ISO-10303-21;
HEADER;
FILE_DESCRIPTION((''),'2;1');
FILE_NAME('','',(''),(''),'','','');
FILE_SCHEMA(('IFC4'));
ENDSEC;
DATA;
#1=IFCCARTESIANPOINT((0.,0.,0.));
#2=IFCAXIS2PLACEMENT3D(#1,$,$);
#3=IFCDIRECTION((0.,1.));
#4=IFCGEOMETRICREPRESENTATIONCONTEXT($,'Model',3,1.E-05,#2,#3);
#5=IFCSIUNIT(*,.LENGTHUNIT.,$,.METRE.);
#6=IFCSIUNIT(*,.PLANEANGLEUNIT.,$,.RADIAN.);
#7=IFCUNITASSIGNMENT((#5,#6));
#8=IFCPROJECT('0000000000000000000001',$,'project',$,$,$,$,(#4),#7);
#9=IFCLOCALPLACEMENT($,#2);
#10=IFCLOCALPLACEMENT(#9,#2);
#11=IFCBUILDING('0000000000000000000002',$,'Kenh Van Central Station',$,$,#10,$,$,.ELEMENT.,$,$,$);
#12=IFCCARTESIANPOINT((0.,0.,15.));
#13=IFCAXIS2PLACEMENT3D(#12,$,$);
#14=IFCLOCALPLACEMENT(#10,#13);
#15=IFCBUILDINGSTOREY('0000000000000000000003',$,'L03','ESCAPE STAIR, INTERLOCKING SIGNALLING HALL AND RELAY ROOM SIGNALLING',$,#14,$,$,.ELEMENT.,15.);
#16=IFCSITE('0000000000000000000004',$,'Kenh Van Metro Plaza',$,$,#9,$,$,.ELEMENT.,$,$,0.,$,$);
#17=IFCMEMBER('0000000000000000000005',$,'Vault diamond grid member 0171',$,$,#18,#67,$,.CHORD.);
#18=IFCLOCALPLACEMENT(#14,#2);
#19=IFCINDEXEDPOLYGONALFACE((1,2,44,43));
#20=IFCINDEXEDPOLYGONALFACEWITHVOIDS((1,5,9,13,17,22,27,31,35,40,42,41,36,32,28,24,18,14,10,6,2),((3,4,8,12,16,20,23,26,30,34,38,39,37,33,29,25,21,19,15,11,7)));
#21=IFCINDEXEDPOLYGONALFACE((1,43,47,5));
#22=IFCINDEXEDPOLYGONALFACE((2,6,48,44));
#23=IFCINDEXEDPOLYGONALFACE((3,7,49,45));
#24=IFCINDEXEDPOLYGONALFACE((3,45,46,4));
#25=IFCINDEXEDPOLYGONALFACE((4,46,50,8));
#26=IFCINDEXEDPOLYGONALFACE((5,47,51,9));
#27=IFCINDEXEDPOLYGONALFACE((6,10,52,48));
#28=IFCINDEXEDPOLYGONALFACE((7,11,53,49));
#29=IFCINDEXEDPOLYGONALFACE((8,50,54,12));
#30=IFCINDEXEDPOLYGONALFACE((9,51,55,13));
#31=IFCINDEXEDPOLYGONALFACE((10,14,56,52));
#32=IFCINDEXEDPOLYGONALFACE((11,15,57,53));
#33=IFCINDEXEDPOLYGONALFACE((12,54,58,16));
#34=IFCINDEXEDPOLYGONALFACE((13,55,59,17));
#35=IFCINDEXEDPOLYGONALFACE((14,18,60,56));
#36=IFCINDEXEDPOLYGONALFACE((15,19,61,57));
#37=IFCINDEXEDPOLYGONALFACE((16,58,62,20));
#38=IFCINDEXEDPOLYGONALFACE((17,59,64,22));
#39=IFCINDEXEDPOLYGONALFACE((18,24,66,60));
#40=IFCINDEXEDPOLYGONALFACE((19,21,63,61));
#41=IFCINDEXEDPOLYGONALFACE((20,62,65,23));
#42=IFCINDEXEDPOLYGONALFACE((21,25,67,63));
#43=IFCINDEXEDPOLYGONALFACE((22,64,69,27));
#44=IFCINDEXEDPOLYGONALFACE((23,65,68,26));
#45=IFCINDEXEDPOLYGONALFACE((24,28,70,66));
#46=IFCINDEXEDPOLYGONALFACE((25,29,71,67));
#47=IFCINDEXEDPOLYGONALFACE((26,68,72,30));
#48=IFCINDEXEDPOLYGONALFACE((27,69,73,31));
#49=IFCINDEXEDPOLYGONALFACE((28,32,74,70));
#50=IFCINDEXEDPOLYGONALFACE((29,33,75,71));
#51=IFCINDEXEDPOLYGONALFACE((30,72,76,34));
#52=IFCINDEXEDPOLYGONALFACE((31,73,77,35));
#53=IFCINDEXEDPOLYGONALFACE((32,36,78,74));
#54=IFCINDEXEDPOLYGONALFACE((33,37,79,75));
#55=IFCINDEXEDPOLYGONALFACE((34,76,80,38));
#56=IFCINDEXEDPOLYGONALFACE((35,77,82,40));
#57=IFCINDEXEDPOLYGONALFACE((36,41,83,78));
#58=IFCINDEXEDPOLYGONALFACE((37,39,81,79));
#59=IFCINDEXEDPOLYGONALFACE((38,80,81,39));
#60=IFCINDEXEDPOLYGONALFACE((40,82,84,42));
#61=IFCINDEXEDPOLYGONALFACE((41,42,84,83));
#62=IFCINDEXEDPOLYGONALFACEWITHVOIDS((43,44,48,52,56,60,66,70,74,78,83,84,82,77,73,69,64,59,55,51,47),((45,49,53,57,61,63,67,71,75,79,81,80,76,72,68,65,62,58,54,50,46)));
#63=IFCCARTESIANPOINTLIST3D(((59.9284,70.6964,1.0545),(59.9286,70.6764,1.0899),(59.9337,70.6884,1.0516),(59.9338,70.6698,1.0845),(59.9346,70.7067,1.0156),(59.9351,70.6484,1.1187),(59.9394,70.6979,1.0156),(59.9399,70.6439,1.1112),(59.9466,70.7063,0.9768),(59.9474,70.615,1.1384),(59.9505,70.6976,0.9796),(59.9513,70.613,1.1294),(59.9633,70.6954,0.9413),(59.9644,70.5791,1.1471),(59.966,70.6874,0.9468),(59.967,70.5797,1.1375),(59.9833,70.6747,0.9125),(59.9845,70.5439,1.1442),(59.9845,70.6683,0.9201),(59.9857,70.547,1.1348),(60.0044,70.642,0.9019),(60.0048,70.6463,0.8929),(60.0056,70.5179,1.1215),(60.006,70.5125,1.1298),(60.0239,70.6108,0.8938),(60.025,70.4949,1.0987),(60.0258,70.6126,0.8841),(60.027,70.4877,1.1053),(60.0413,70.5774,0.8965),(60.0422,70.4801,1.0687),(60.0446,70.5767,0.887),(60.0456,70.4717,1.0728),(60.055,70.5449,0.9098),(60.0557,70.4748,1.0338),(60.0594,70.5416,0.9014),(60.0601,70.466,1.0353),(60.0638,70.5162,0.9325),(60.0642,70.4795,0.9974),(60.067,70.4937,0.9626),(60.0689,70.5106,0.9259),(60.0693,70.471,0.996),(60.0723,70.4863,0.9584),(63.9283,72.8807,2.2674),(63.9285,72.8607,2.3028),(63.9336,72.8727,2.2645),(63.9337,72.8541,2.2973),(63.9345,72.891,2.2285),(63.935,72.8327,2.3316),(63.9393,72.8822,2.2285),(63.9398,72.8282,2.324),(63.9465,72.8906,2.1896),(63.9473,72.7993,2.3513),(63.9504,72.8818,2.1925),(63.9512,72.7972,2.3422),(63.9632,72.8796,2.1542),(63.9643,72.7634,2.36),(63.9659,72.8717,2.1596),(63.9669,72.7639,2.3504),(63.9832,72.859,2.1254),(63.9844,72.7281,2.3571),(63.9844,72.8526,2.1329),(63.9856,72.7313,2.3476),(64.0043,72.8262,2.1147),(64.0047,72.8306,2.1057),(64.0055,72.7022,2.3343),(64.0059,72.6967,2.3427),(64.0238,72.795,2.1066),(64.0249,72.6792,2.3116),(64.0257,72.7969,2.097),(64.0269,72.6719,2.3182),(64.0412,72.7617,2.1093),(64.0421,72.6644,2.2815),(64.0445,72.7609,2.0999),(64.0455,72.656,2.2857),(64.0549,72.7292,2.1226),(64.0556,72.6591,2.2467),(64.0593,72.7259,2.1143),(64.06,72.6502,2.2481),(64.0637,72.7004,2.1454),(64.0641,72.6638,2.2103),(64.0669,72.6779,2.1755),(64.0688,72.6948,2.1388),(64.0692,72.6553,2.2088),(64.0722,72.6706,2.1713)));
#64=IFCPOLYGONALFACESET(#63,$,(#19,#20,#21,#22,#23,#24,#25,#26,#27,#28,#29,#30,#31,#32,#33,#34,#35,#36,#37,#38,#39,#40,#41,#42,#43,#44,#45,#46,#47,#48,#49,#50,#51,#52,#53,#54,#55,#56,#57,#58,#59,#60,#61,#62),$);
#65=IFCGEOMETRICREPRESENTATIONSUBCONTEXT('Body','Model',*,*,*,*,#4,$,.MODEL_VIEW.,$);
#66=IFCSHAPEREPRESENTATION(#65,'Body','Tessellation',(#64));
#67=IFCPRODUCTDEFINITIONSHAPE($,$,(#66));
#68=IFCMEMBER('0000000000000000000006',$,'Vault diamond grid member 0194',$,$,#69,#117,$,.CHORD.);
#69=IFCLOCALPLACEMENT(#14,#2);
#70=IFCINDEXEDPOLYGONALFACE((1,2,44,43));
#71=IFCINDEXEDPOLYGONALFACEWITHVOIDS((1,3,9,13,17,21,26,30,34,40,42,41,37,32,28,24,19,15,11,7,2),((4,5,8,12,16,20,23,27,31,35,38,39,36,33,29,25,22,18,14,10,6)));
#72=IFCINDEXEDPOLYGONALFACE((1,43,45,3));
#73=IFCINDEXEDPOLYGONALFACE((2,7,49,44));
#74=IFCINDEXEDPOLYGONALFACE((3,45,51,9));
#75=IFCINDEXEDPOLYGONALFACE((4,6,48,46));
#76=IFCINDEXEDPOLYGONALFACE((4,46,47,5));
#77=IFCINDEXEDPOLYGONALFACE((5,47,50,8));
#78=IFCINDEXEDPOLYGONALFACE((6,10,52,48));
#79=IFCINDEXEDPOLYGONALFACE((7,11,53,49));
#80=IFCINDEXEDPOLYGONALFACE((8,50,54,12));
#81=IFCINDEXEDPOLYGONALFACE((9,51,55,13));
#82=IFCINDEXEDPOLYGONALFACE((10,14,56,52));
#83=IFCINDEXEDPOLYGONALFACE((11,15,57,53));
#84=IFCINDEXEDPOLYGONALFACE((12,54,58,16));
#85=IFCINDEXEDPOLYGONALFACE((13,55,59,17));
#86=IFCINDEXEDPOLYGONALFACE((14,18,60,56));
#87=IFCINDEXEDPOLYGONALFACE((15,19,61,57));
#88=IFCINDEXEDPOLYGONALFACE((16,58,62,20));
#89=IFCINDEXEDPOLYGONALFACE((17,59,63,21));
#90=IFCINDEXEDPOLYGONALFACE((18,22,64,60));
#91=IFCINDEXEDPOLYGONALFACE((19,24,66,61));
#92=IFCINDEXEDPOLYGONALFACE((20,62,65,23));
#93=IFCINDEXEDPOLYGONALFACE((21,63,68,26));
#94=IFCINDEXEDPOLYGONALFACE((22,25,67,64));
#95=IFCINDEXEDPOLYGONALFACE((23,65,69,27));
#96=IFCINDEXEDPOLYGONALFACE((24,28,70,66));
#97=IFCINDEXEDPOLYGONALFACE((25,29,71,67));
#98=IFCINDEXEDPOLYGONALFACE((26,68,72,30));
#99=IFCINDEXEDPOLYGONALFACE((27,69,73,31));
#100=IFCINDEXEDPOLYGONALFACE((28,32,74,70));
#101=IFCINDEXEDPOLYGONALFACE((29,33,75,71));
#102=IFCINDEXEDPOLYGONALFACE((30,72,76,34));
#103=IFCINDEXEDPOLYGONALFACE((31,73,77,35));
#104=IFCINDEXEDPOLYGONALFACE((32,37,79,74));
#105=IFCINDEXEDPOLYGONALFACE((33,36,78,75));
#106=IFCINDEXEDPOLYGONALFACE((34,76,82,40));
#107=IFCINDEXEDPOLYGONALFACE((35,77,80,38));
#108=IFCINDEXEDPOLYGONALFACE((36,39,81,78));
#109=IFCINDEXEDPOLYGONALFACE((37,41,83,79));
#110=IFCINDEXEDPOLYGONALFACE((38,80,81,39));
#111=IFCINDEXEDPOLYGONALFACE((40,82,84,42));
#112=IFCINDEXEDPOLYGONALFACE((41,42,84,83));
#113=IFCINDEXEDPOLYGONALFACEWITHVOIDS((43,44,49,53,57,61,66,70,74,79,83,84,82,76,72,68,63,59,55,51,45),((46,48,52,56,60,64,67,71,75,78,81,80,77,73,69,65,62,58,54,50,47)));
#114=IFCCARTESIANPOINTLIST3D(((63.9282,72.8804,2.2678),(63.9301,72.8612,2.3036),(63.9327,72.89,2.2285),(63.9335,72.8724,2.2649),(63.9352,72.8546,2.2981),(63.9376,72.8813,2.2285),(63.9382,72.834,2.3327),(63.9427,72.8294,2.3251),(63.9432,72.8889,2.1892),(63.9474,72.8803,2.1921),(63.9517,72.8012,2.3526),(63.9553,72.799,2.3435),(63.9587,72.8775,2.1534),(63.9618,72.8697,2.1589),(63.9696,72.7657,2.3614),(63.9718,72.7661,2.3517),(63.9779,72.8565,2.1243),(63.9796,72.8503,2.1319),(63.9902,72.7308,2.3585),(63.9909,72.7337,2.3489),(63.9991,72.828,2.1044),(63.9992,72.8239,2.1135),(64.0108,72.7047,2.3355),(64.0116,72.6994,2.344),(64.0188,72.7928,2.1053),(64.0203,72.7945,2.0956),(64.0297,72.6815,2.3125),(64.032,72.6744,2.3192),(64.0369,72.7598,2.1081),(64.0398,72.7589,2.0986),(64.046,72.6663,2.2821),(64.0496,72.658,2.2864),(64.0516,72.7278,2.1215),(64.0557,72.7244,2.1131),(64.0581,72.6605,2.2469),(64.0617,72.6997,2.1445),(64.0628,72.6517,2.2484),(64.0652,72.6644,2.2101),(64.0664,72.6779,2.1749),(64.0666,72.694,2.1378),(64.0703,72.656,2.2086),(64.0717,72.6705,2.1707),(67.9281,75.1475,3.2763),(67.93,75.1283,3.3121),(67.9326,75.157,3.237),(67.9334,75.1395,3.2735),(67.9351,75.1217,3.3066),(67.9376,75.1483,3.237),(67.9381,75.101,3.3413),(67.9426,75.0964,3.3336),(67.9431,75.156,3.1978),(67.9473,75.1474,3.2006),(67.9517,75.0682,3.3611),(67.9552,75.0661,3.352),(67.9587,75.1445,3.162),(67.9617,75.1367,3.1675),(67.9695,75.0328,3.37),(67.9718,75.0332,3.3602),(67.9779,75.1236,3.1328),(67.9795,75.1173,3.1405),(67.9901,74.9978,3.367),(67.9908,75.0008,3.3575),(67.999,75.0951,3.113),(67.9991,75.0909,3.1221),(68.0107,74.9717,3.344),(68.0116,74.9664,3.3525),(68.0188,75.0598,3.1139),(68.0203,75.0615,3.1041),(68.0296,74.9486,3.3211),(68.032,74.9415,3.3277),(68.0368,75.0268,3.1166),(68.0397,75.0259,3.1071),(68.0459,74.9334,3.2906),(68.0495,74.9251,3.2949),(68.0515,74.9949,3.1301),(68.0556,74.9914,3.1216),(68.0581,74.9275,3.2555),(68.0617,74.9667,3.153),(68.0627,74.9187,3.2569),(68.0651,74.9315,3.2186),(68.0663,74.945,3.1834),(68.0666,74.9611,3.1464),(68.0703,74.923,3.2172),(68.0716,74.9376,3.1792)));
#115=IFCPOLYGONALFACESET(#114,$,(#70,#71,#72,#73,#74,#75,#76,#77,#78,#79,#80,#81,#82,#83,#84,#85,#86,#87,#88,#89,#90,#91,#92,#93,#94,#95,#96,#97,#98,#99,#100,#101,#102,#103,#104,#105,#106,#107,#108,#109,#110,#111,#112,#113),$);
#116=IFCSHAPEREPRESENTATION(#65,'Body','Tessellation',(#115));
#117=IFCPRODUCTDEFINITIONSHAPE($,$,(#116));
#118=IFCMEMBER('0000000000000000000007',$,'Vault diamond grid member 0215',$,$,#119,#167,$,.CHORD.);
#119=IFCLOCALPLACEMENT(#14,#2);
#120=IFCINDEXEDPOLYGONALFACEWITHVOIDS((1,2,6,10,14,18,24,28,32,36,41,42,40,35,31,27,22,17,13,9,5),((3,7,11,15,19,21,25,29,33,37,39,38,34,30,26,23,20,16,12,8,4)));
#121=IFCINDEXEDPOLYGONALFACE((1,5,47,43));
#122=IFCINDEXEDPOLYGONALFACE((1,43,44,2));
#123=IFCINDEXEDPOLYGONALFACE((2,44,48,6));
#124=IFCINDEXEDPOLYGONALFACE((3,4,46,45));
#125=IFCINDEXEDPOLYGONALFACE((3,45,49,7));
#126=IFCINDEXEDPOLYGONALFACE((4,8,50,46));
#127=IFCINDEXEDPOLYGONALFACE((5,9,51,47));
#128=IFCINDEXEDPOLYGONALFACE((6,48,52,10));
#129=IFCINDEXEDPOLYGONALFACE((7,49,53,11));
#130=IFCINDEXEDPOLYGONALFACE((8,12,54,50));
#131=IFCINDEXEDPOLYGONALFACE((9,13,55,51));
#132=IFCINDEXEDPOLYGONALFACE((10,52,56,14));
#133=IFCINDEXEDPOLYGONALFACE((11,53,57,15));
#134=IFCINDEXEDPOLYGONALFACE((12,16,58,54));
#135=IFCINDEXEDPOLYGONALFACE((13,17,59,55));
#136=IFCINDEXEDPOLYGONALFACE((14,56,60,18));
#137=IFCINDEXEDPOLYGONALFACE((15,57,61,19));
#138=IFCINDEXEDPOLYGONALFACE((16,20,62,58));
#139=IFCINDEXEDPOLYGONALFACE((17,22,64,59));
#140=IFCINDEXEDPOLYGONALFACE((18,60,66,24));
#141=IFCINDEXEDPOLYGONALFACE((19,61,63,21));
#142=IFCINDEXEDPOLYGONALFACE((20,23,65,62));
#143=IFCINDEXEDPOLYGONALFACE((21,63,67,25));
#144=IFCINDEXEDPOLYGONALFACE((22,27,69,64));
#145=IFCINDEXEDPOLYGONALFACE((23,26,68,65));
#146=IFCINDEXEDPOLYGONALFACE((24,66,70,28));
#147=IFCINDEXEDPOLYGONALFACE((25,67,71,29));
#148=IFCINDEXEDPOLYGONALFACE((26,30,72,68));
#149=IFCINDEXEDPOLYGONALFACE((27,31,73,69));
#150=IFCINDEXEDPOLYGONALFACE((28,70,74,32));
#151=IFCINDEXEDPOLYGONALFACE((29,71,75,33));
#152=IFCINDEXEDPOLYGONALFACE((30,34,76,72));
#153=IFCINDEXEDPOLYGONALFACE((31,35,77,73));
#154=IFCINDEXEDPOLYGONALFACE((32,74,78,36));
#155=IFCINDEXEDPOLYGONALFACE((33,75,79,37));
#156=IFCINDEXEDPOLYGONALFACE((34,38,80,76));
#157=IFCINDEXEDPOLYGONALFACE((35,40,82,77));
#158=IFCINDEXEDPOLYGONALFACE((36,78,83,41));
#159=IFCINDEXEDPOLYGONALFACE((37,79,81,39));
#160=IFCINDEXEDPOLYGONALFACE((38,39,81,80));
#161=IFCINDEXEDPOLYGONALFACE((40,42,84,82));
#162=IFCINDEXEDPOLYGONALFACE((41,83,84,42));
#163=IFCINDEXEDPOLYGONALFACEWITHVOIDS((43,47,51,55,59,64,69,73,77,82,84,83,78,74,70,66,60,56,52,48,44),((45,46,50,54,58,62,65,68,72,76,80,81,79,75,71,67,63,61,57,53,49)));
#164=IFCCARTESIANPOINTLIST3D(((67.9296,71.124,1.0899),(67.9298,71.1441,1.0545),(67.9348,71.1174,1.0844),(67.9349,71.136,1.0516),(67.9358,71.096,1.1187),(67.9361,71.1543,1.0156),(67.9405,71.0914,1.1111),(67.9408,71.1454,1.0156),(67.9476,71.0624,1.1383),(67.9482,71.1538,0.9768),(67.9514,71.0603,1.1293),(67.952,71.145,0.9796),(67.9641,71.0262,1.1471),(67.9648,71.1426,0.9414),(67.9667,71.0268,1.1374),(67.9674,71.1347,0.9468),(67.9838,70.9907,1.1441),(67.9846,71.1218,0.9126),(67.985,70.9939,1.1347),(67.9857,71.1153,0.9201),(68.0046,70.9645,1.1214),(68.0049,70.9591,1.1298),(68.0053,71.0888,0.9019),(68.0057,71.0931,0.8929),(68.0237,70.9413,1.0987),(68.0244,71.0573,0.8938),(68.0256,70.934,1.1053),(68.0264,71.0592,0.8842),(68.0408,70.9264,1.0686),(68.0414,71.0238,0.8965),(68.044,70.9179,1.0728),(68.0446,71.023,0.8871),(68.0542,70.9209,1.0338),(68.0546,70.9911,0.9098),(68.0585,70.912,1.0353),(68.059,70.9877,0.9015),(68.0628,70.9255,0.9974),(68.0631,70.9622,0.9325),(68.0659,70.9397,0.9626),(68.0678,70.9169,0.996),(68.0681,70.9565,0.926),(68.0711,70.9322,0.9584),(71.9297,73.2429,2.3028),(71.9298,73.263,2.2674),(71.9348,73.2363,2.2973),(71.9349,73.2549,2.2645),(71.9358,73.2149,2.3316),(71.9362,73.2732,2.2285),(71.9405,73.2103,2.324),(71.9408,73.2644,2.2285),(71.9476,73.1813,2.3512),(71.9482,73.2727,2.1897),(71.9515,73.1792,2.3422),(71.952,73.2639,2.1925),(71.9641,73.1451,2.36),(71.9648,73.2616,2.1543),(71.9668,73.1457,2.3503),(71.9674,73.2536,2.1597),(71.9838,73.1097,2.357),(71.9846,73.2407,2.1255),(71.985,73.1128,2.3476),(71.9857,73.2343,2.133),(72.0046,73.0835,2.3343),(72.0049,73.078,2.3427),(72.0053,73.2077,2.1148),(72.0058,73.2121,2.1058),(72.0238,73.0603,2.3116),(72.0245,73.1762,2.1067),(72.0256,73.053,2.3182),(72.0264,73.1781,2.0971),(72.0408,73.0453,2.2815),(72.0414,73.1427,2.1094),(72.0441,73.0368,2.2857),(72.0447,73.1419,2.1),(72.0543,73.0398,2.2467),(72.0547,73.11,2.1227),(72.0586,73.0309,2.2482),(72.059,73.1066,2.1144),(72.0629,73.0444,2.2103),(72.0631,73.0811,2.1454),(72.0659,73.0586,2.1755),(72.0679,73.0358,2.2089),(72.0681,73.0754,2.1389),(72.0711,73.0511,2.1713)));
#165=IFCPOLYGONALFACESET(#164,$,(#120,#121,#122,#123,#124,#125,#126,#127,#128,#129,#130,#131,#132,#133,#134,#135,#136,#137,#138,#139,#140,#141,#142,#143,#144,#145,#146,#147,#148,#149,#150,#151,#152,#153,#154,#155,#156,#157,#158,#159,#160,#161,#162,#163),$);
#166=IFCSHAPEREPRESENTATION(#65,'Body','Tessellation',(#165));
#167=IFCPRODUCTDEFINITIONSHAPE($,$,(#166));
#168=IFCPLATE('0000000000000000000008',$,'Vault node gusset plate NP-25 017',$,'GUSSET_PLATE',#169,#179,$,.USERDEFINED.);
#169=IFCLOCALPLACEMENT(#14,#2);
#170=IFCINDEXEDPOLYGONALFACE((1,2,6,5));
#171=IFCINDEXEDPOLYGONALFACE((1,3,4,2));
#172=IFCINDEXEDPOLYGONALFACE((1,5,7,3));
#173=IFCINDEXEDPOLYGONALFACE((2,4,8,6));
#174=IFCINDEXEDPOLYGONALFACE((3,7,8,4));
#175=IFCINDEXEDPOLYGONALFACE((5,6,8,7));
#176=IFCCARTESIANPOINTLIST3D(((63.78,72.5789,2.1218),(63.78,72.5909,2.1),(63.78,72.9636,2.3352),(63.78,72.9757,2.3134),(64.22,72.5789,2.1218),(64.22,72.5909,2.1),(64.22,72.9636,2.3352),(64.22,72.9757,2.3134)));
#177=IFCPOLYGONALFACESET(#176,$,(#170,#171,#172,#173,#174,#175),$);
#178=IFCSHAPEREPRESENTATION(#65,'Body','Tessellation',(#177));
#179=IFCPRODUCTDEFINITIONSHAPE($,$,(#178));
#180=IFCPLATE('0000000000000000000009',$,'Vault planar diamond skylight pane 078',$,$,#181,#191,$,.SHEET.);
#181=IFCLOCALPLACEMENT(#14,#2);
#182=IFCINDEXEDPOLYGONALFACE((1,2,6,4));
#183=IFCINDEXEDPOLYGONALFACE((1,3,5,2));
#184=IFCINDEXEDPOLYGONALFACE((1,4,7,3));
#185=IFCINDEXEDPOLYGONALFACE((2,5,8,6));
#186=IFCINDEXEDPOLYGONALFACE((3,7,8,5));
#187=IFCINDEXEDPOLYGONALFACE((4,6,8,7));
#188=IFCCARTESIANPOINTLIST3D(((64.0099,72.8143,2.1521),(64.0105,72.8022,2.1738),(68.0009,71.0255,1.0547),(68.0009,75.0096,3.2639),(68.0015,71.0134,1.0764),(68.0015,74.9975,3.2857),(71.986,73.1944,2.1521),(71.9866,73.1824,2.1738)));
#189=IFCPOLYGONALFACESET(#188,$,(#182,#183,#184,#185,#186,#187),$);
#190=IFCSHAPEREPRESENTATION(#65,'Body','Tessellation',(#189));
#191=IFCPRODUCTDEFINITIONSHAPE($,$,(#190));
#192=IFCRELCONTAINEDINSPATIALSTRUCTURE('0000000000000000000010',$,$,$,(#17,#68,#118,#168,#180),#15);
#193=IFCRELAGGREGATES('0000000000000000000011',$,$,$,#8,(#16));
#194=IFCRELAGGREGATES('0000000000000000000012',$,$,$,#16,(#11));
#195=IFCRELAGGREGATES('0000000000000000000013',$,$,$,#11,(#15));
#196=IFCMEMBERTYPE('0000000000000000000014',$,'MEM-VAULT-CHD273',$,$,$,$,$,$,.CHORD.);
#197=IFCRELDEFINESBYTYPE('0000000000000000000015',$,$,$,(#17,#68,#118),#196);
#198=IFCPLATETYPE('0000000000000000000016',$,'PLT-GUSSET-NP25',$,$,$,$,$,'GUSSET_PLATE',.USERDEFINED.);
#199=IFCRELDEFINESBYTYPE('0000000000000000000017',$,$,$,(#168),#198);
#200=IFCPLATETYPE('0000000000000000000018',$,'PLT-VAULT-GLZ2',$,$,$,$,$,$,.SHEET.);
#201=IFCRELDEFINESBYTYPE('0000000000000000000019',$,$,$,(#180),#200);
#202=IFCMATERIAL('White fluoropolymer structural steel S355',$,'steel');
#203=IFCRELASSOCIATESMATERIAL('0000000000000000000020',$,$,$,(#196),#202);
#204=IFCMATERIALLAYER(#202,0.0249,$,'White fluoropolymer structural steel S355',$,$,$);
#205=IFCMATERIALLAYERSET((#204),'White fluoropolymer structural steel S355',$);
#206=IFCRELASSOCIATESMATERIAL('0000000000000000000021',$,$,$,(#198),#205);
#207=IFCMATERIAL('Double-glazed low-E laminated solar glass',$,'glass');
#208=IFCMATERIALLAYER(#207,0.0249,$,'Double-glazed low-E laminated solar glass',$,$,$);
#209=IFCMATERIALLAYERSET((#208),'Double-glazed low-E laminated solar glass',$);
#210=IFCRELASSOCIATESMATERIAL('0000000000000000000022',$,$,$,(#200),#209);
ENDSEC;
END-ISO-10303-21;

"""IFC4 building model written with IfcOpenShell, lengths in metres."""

from ifc_helpers import new_model, si_unit, direction, frame, origin, origin_2d, place, context, subcontext, project, spatial, polyline, hollow_circle, outline, extrude, material, layer, layer_set, material_profile, profile_set, type_object, element, save


model = new_model("IFC4")

# Units and contexts
model_context = context("Model", 3, precision=1e-05, world=origin(), true_north=direction((0.0, 1.0)))
body_context = subcontext(model_context, "Body", "Model", "MODEL_VIEW")
ifc_project = project(units=[si_unit("LENGTHUNIT", "METRE"), si_unit("PLANEANGLEUNIT", "RADIAN")], contexts=[model_context])

# Site, building, storey
site_placement = place(None, origin())
site = spatial("IfcSite", under=ifc_project, at=site_placement, Name="Kenh Van Metro Plaza", CompositionType="ELEMENT", RefElevation=0.0)
building_placement = place(site_placement, origin())
building = spatial("IfcBuilding", under=site, at=building_placement, Name="Kenh Van Central Station", CompositionType="ELEMENT")
storey_placement = place(building_placement, frame((0.0, 0.0, 15.0)))
storey = spatial("IfcBuildingStorey", under=building, at=storey_placement, Name="L03", Description="ESCAPE STAIR, INTERLOCKING SIGNALLING HALL AND RELAY ROOM SIGNALLING", CompositionType="ELEMENT", Elevation=15.0)

# Shared definitions
ifc_material_1 = material(Name="White fluoropolymer structural steel S355", Category="steel")

# Members
ifc_material_profile_1 = material_profile(ifc_material_1, hollow_circle(Radius=0.1365, WallThickness=0.01, at=origin_2d()), Name="CHS 273x10")
ifc_profile_set_1 = profile_set([ifc_material_profile_1], Name="White fluoropolymer structural steel S355")
member_type_1 = type_object("IfcMemberType", Name="MEM-VAULT-CHD273", PredefinedType="CHORD", material=ifc_profile_set_1)
member_1_placement = place(storey_placement, frame((60.0, 70.5869, 1.0156), z_axis=(0.848143, 0.463155, 0.257176), x_axis=(-0.479276, 0.877664, 0.0)))
element("IfcMember", 1, at=member_1_placement, inside=storey, type_object=member_type_1, Name="Vault diamond grid member 0171", PredefinedType="CHORD", context=body_context, shape_type="SweptSolid", body=[
    extrude(hollow_circle(Radius=0.1365, WallThickness=0.01, at=origin_2d()), origin(), (0.0, 0.0, 1.0), 4.7161),
])
member_2_placement = place(storey_placement, frame((64.0, 72.7712, 2.2285), z_axis=(0.849779, 0.481631, 0.21426), x_axis=(-0.493082, 0.869983, 0.0)))
element("IfcMember", 2, at=member_2_placement, inside=storey, type_object=member_type_1, Name="Vault diamond grid member 0194", PredefinedType="CHORD", context=body_context, shape_type="SweptSolid", body=[
    extrude(hollow_circle(Radius=0.1365, WallThickness=0.01, at=origin_2d()), origin(), (0.0, 0.0, 1.0), 4.707),
])
member_3_placement = place(storey_placement, frame((68.0, 71.0337, 1.0156), z_axis=(0.853563, 0.452153, 0.25882), x_axis=(-0.468103, 0.883674, 0.0)))
element("IfcMember", 3, at=member_3_placement, inside=storey, type_object=member_type_1, Name="Vault diamond grid member 0215", PredefinedType="CHORD", context=body_context, shape_type="SweptSolid", body=[
    extrude(hollow_circle(Radius=0.1365, WallThickness=0.01, at=origin_2d()), origin(), (0.0, 0.0, 1.0), 4.6863),
])

# Plates
ifc_layer_1 = layer(ifc_material_1, 0.0249, Name="White fluoropolymer structural steel S355")
ifc_layer_set_1 = layer_set([ifc_layer_1], Name="White fluoropolymer structural steel S355")
plate_type_1 = type_object("IfcPlateType", Name="PLT-GUSSET-NP25", ElementType="GUSSET_PLATE", PredefinedType="USERDEFINED", material=ifc_layer_set_1)
plate_1_placement = place(storey_placement, frame((63.78, 72.5789, 2.1218), z_axis=(0.0, -0.484983, 0.874523), x_axis=(1.0, 0.0, 0.0)))
element("IfcPlate", 4, at=plate_1_placement, inside=storey, type_object=plate_type_1, Name="Vault node gusset plate NP-25 017", ObjectType="GUSSET_PLATE", PredefinedType="USERDEFINED", context=body_context, shape_type="SweptSolid", body=[
    extrude(outline(polyline([(0.0, 0.0), (0.4399, 0.0), (0.4399, 0.44), (0.0, 0.44), (0.0, 0.0)])), origin(), (0.0, 0.0, -1.0), 0.0249),
])
ifc_material_2 = material(Name="Double-glazed low-E laminated solar glass", Category="glass")
ifc_layer_2 = layer(ifc_material_2, 0.0249, Name="Double-glazed low-E laminated solar glass")
ifc_layer_set_2 = layer_set([ifc_layer_2], Name="Double-glazed low-E laminated solar glass")
plate_type_2 = type_object("IfcPlateType", Name="PLT-VAULT-GLZ2", PredefinedType="SHEET", material=ifc_layer_set_2)
plate_2_placement = place(storey_placement, frame((64.0105, 72.8022, 2.1738), z_axis=(0.023105, -0.484813, 0.874313), x_axis=(0.885091, -0.396716, -0.243372)))
element("IfcPlate", 5, at=plate_2_placement, inside=storey, type_object=plate_type_2, Name="Vault planar diamond skylight pane 078", PredefinedType="SHEET", context=body_context, shape_type="SweptSolid", body=[
    extrude(outline(polyline([(0.0, 0.0), (4.5091, 0.0), (6.9088, 4.0039), (2.3909, 4.0332), (0.0, 0.0)])), origin(), (0.0, 0.0, -1.0), 0.0249),
])

save(model, "model.ifc")
